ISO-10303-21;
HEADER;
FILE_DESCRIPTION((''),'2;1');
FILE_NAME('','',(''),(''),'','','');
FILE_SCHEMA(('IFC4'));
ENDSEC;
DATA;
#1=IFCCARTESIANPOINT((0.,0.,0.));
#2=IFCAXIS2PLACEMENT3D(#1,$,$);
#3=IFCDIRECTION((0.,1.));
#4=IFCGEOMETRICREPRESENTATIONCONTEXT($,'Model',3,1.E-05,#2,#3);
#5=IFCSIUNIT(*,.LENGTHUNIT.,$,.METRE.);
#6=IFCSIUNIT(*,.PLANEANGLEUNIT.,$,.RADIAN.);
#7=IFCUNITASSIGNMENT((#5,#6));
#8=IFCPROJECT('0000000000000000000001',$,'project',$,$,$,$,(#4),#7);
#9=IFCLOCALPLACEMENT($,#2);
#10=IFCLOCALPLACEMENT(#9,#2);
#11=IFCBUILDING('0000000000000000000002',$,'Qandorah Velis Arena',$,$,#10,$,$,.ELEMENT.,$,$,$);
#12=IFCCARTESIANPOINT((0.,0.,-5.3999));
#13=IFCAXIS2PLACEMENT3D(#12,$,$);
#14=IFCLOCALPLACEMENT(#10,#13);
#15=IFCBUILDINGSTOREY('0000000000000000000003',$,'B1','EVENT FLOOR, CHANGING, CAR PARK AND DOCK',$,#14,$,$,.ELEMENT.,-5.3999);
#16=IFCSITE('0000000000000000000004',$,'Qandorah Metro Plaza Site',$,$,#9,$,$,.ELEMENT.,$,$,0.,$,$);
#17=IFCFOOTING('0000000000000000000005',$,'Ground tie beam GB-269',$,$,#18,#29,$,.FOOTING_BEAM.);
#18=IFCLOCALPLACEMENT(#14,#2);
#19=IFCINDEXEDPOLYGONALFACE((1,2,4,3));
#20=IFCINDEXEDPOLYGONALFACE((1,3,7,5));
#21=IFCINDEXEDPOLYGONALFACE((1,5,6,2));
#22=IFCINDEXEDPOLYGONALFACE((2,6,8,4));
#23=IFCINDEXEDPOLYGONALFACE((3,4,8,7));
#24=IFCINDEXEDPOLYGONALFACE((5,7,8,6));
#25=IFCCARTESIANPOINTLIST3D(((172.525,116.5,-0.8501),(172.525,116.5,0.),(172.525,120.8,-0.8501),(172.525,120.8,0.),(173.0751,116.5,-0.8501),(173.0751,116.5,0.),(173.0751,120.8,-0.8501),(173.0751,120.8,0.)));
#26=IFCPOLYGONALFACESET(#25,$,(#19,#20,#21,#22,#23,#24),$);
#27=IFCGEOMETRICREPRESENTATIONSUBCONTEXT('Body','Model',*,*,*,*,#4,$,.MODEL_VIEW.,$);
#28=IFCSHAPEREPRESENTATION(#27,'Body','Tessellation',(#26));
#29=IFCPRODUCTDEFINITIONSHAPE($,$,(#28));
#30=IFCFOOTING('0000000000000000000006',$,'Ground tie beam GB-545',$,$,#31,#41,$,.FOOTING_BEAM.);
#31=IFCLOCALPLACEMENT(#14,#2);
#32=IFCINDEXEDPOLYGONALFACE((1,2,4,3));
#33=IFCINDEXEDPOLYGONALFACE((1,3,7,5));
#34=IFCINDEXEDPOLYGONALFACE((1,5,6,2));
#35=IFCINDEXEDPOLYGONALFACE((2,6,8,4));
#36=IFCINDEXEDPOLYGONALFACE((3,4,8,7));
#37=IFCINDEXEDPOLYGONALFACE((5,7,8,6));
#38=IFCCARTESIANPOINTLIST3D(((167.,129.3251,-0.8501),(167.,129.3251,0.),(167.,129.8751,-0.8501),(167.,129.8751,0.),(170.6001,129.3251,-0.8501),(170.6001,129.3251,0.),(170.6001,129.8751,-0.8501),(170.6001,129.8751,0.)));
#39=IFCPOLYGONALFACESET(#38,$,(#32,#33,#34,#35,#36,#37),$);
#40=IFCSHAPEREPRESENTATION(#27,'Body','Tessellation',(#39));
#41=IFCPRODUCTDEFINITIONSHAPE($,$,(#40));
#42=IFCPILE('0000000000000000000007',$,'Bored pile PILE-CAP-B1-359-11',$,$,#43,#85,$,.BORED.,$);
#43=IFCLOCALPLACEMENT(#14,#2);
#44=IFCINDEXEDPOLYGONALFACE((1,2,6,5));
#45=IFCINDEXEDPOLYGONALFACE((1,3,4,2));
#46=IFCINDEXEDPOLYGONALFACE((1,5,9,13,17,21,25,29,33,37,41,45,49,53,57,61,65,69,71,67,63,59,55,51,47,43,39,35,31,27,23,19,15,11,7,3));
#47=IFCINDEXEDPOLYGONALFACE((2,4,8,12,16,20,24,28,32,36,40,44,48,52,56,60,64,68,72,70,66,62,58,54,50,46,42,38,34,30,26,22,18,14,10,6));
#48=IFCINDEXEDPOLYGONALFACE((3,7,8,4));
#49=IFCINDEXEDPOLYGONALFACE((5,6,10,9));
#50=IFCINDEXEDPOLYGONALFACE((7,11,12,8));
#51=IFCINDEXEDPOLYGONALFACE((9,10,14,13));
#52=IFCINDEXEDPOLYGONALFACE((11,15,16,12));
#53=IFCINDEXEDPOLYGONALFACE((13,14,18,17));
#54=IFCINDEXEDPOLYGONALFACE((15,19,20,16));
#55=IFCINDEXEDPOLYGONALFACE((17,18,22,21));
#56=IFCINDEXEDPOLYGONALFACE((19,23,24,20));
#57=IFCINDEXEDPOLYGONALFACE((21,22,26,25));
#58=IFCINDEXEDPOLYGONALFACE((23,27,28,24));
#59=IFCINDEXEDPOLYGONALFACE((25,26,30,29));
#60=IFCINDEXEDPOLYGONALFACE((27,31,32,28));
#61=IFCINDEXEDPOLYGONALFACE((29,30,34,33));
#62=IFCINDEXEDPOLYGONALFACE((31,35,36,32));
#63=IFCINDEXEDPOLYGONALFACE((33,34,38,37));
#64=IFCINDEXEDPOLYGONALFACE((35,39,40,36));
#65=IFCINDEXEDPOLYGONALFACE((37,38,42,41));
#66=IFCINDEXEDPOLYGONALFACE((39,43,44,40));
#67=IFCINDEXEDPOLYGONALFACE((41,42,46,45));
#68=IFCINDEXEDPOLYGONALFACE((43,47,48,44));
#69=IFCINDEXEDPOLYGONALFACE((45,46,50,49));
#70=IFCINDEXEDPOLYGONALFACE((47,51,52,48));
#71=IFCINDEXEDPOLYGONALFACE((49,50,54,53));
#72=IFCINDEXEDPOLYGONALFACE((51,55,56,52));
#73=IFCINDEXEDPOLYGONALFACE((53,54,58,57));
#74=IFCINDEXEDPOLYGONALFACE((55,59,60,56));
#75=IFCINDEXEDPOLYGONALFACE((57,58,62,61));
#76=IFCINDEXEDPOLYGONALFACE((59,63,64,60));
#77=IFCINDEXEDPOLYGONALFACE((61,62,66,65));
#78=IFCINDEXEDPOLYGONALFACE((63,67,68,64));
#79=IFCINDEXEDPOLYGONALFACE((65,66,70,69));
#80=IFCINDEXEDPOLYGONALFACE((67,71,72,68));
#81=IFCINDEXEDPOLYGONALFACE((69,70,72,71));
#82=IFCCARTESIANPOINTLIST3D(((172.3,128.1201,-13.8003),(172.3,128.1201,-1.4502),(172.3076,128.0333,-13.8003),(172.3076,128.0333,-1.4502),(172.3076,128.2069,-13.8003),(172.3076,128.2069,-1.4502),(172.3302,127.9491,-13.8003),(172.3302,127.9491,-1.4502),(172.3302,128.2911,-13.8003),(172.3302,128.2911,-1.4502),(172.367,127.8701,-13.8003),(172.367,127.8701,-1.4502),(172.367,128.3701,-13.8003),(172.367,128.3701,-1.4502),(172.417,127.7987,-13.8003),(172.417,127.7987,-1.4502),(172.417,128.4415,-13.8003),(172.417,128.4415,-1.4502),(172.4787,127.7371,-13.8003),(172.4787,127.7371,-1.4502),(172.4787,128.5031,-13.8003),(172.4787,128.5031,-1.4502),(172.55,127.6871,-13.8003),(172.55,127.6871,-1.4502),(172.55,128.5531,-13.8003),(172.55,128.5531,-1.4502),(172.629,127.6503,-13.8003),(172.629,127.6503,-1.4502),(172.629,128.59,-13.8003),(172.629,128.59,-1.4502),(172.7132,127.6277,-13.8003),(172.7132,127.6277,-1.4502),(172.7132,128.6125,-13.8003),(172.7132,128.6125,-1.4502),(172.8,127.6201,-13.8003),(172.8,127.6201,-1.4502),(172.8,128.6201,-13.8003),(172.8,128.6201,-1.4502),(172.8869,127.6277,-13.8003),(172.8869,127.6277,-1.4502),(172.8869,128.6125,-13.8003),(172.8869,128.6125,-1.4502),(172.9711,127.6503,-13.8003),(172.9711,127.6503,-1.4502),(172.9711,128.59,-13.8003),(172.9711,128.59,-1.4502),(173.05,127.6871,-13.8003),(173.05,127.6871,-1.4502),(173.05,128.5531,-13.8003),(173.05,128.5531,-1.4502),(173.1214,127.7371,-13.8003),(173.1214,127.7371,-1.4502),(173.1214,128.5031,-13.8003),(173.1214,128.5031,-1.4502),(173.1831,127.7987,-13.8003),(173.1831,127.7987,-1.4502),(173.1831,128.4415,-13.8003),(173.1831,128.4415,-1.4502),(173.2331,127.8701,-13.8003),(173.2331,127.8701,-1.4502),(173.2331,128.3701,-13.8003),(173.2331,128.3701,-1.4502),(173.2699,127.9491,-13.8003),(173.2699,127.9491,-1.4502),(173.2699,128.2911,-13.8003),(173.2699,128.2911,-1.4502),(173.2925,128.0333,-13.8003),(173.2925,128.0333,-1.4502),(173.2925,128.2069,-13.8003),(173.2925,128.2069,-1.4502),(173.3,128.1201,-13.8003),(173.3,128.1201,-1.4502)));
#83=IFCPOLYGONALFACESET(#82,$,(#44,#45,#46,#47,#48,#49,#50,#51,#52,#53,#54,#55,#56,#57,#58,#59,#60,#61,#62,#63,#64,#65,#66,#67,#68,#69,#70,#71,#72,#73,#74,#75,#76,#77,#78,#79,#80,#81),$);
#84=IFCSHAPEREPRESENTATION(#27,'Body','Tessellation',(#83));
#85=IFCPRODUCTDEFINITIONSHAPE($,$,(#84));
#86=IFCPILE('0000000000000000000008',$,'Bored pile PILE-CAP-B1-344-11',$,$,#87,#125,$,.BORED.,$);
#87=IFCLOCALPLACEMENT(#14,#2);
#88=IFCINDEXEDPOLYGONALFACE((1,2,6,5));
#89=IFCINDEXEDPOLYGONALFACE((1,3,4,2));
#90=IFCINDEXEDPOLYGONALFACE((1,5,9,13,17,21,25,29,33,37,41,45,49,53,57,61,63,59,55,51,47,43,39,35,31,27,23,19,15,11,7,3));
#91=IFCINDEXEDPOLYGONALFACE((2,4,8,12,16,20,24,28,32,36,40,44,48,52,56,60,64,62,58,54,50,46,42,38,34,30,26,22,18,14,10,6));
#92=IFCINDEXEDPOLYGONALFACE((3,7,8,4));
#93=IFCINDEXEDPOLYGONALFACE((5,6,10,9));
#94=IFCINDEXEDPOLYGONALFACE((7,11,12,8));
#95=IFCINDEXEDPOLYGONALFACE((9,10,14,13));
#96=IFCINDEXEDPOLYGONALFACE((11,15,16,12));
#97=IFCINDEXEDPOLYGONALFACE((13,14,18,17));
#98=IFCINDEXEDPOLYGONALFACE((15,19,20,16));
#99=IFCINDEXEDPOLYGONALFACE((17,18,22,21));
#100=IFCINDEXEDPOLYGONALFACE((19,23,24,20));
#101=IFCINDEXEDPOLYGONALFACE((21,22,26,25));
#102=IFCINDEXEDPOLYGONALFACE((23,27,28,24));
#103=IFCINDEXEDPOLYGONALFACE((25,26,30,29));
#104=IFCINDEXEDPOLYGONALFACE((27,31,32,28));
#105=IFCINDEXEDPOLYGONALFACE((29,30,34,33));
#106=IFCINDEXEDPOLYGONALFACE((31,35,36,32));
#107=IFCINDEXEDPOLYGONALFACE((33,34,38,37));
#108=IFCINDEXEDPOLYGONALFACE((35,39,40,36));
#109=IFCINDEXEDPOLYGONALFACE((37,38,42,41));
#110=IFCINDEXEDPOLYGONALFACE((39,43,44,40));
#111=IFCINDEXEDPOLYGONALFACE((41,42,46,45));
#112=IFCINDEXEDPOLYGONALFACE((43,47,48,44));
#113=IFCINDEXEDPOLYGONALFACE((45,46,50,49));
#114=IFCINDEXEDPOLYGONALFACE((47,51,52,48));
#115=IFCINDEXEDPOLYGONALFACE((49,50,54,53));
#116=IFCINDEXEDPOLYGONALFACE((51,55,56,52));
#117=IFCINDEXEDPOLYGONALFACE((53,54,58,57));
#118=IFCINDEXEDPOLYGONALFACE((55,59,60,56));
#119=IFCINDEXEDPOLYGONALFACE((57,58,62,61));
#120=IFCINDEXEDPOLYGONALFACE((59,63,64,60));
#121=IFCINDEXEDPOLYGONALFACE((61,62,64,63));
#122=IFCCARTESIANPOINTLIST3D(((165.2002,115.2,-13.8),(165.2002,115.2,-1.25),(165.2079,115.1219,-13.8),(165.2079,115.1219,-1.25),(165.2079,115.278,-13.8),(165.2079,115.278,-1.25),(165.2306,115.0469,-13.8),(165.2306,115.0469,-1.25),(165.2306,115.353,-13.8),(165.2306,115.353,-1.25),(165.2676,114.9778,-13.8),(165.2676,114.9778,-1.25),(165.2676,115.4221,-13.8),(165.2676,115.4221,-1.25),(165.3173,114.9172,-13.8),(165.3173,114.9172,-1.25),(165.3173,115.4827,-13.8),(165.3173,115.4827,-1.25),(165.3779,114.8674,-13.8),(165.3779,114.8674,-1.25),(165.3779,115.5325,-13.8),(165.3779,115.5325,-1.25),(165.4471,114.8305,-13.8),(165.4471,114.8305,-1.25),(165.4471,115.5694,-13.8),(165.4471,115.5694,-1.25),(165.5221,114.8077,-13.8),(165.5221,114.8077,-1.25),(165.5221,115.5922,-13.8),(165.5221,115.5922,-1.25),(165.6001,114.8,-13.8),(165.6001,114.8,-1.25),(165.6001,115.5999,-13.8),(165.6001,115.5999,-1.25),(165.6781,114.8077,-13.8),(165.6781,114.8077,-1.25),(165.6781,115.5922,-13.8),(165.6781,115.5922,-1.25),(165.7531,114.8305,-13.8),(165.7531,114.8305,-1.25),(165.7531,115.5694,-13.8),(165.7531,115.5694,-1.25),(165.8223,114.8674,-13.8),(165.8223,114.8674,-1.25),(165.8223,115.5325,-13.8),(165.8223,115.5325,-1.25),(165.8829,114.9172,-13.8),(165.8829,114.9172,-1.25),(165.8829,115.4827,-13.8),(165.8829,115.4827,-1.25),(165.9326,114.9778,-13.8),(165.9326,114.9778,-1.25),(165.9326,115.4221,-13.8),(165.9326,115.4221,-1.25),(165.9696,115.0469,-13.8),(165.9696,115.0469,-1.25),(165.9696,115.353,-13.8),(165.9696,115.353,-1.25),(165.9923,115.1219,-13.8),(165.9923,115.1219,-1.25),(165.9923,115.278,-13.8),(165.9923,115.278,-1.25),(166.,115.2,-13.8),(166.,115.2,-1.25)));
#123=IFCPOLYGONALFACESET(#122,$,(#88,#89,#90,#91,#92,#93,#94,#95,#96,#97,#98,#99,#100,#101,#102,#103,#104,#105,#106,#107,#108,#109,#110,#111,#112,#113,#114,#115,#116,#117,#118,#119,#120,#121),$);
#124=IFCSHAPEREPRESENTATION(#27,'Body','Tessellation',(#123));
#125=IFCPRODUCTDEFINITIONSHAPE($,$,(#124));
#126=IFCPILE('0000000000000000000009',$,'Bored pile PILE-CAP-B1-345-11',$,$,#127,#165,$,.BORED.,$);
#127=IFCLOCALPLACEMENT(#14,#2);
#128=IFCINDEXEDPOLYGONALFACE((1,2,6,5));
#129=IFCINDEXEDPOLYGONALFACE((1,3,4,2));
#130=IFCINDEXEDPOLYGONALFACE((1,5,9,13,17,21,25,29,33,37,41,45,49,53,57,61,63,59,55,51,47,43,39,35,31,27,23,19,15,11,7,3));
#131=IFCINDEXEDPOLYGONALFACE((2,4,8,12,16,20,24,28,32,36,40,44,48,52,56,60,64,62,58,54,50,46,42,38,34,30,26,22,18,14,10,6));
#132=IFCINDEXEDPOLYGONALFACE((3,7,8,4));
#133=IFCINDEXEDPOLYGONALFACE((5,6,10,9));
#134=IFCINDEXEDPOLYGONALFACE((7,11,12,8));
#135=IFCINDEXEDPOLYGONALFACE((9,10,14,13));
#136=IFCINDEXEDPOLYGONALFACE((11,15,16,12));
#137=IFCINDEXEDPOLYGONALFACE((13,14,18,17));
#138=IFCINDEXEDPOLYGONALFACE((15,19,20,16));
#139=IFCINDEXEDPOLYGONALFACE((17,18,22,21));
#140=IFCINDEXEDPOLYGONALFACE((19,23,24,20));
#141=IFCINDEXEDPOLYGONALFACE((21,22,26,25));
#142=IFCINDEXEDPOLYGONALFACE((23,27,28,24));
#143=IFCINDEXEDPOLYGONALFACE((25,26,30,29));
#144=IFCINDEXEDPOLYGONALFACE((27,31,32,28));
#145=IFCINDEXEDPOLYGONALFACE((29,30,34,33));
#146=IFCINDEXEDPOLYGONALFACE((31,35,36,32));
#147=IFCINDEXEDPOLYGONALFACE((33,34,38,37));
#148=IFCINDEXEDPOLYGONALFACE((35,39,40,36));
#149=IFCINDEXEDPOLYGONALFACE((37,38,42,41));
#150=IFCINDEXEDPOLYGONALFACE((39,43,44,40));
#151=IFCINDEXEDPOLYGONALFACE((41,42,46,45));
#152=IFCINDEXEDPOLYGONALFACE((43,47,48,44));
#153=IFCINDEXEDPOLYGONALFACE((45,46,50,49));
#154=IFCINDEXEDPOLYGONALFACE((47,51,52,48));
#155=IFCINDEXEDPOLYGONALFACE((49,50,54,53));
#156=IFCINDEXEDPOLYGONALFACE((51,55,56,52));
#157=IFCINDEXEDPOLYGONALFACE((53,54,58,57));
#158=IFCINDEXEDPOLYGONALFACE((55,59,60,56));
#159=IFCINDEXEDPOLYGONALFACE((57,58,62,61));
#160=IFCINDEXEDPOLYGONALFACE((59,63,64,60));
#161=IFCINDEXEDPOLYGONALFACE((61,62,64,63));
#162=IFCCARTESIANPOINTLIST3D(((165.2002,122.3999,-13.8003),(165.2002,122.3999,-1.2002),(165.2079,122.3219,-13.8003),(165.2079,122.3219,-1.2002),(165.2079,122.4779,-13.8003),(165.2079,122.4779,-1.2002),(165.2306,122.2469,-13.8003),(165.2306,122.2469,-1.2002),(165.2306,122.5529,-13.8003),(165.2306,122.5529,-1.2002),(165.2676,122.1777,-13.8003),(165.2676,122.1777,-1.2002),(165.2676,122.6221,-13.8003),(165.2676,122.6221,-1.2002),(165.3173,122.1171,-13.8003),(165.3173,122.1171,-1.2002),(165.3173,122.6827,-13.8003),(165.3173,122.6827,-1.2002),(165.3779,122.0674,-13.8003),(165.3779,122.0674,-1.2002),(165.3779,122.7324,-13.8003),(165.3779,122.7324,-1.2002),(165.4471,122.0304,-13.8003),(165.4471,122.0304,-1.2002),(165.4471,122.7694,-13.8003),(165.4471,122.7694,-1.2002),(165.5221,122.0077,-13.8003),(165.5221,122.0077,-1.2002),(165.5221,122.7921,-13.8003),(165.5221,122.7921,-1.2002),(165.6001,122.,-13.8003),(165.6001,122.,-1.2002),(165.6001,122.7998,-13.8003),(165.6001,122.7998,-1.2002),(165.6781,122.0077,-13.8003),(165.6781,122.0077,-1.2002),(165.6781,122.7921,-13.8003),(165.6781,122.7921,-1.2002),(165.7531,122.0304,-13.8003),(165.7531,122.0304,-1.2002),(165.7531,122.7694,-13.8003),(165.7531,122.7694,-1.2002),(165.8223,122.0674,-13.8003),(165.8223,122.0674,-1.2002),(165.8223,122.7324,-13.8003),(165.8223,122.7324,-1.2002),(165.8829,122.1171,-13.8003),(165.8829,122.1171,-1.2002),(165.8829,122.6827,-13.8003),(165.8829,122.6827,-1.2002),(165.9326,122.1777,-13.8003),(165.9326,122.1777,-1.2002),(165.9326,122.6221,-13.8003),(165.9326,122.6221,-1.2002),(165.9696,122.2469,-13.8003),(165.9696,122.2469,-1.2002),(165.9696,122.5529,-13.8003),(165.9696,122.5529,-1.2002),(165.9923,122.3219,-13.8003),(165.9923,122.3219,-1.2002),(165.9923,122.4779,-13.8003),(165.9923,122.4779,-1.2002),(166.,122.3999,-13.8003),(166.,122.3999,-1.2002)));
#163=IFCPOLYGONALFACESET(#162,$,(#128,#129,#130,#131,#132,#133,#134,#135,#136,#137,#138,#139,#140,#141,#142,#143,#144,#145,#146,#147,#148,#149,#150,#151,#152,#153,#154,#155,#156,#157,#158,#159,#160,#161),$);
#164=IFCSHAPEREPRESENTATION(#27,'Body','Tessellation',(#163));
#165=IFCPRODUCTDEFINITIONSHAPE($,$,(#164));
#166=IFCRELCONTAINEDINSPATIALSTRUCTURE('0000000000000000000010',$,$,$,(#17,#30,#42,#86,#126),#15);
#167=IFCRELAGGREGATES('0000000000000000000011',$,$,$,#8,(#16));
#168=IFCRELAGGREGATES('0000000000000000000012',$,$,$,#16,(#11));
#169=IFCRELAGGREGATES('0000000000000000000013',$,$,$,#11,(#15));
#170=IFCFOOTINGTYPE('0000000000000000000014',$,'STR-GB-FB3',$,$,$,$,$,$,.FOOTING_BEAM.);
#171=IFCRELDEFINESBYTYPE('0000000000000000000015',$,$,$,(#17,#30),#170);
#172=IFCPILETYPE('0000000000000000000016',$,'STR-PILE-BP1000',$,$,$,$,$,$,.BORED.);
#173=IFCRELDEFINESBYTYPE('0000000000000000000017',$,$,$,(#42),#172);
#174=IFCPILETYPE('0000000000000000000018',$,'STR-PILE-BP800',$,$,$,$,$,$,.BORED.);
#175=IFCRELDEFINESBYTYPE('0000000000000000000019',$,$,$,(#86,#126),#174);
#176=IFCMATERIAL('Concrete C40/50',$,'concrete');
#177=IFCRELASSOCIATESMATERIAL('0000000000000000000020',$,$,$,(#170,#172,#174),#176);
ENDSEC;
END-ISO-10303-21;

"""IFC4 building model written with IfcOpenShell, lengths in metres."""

from ifc_helpers import new_model, si_unit, direction, frame, origin, origin_2d, place, context, subcontext, project, spatial, rectangle, circle, extrude, material, material_profile, profile_set, type_object, element, save


model = new_model("IFC4")

# Units and contexts
model_context = context("Model", 3, precision=1e-05, world=origin(), true_north=direction((0.0, 1.0)))
body_context = subcontext(model_context, "Body", "Model", "MODEL_VIEW")
ifc_project = project(units=[si_unit("LENGTHUNIT", "METRE"), si_unit("PLANEANGLEUNIT", "RADIAN")], contexts=[model_context])

# Site, building, storey
site_placement = place(None, origin())
site = spatial("IfcSite", under=ifc_project, at=site_placement, Name="Qandorah Metro Plaza Site", CompositionType="ELEMENT", RefElevation=0.0)
building_placement = place(site_placement, origin())
building = spatial("IfcBuilding", under=site, at=building_placement, Name="Qandorah Velis Arena", CompositionType="ELEMENT")
storey_placement = place(building_placement, frame((0.0, 0.0, -5.3999)))
storey = spatial("IfcBuildingStorey", under=building, at=storey_placement, Name="B1", Description="EVENT FLOOR, CHANGING, CAR PARK AND DOCK", CompositionType="ELEMENT", Elevation=-5.3999)

# Footings
ifc_material_1 = material(Name="Concrete C40/50", Category="concrete")
ifc_material_profile_1 = material_profile(ifc_material_1, rectangle(XDim=0.55, YDim=0.8501, at=origin_2d()), Name="GB3 550x850")
ifc_profile_set_1 = profile_set([ifc_material_profile_1], Name="Concrete C40/50")
footing_type_1 = type_object("IfcFootingType", Name="STR-GB-FB3", PredefinedType="FOOTING_BEAM", material=ifc_profile_set_1)
footing_1_placement = place(storey_placement, frame((172.8, 116.5, -0.425), z_axis=(0.0, 1.0, 0.0), x_axis=(-1.0, 0.0, 0.0)))
element("IfcFooting", 1, at=footing_1_placement, inside=storey, type_object=footing_type_1, Name="Ground tie beam GB-269", PredefinedType="FOOTING_BEAM", context=body_context, shape_type="SweptSolid", body=[
    extrude(rectangle(XDim=0.55, YDim=0.8501, at=origin_2d()), origin(), (0.0, 0.0, 1.0), 4.3),
])
footing_2_placement = place(storey_placement, frame((167.0, 129.6001, -0.425), z_axis=(1.0, 0.0, 0.0), x_axis=(0.0, 1.0, 0.0)))
element("IfcFooting", 2, at=footing_2_placement, inside=storey, type_object=footing_type_1, Name="Ground tie beam GB-545", PredefinedType="FOOTING_BEAM", context=body_context, shape_type="SweptSolid", body=[
    extrude(rectangle(XDim=0.55, YDim=0.8501, at=origin_2d()), origin(), (0.0, 0.0, 1.0), 3.6001),
])

# Piles
ifc_material_profile_2 = material_profile(ifc_material_1, circle(Radius=0.5, at=origin_2d()), Name="BORED PILE D1000")
ifc_profile_set_2 = profile_set([ifc_material_profile_2], Name="Concrete C40/50")
pile_type_1 = type_object("IfcPileType", Name="STR-PILE-BP1000", PredefinedType="BORED", material=ifc_profile_set_2)
pile_1_placement = place(storey_placement, frame((172.8, 128.1201, -1.4502), z_axis=(0.0, 0.0, -1.0), x_axis=(1.0, 0.0, 0.0)))
element("IfcPile", 3, at=pile_1_placement, inside=storey, type_object=pile_type_1, Name="Bored pile PILE-CAP-B1-359-11", PredefinedType="BORED", context=body_context, shape_type="SweptSolid", body=[
    extrude(circle(Radius=0.5, at=origin_2d()), origin(), (0.0, 0.0, 1.0), 12.3501),
])
ifc_material_profile_3 = material_profile(ifc_material_1, circle(Radius=0.3999, at=origin_2d()), Name="BORED PILE D800")
ifc_profile_set_3 = profile_set([ifc_material_profile_3], Name="Concrete C40/50")
pile_type_2 = type_object("IfcPileType", Name="STR-PILE-BP800", PredefinedType="BORED", material=ifc_profile_set_3)
pile_2_placement = place(storey_placement, frame((165.6001, 115.2, -1.25), z_axis=(0.0, 0.0, -1.0), x_axis=(1.0, 0.0, 0.0)))
element("IfcPile", 4, at=pile_2_placement, inside=storey, type_object=pile_type_2, Name="Bored pile PILE-CAP-B1-344-11", PredefinedType="BORED", context=body_context, shape_type="SweptSolid", body=[
    extrude(circle(Radius=0.3999, at=origin_2d()), origin(), (0.0, 0.0, 1.0), 12.55),
])
pile_3_placement = place(storey_placement, frame((165.6001, 122.3999, -1.2002), z_axis=(0.0, 0.0, -1.0), x_axis=(1.0, 0.0, 0.0)))
element("IfcPile", 5, at=pile_3_placement, inside=storey, type_object=pile_type_2, Name="Bored pile PILE-CAP-B1-345-11", PredefinedType="BORED", context=body_context, shape_type="SweptSolid", body=[
    extrude(circle(Radius=0.3999, at=origin_2d()), origin(), (0.0, 0.0, 1.0), 12.6001),
])

save(model, "model.ifc")
